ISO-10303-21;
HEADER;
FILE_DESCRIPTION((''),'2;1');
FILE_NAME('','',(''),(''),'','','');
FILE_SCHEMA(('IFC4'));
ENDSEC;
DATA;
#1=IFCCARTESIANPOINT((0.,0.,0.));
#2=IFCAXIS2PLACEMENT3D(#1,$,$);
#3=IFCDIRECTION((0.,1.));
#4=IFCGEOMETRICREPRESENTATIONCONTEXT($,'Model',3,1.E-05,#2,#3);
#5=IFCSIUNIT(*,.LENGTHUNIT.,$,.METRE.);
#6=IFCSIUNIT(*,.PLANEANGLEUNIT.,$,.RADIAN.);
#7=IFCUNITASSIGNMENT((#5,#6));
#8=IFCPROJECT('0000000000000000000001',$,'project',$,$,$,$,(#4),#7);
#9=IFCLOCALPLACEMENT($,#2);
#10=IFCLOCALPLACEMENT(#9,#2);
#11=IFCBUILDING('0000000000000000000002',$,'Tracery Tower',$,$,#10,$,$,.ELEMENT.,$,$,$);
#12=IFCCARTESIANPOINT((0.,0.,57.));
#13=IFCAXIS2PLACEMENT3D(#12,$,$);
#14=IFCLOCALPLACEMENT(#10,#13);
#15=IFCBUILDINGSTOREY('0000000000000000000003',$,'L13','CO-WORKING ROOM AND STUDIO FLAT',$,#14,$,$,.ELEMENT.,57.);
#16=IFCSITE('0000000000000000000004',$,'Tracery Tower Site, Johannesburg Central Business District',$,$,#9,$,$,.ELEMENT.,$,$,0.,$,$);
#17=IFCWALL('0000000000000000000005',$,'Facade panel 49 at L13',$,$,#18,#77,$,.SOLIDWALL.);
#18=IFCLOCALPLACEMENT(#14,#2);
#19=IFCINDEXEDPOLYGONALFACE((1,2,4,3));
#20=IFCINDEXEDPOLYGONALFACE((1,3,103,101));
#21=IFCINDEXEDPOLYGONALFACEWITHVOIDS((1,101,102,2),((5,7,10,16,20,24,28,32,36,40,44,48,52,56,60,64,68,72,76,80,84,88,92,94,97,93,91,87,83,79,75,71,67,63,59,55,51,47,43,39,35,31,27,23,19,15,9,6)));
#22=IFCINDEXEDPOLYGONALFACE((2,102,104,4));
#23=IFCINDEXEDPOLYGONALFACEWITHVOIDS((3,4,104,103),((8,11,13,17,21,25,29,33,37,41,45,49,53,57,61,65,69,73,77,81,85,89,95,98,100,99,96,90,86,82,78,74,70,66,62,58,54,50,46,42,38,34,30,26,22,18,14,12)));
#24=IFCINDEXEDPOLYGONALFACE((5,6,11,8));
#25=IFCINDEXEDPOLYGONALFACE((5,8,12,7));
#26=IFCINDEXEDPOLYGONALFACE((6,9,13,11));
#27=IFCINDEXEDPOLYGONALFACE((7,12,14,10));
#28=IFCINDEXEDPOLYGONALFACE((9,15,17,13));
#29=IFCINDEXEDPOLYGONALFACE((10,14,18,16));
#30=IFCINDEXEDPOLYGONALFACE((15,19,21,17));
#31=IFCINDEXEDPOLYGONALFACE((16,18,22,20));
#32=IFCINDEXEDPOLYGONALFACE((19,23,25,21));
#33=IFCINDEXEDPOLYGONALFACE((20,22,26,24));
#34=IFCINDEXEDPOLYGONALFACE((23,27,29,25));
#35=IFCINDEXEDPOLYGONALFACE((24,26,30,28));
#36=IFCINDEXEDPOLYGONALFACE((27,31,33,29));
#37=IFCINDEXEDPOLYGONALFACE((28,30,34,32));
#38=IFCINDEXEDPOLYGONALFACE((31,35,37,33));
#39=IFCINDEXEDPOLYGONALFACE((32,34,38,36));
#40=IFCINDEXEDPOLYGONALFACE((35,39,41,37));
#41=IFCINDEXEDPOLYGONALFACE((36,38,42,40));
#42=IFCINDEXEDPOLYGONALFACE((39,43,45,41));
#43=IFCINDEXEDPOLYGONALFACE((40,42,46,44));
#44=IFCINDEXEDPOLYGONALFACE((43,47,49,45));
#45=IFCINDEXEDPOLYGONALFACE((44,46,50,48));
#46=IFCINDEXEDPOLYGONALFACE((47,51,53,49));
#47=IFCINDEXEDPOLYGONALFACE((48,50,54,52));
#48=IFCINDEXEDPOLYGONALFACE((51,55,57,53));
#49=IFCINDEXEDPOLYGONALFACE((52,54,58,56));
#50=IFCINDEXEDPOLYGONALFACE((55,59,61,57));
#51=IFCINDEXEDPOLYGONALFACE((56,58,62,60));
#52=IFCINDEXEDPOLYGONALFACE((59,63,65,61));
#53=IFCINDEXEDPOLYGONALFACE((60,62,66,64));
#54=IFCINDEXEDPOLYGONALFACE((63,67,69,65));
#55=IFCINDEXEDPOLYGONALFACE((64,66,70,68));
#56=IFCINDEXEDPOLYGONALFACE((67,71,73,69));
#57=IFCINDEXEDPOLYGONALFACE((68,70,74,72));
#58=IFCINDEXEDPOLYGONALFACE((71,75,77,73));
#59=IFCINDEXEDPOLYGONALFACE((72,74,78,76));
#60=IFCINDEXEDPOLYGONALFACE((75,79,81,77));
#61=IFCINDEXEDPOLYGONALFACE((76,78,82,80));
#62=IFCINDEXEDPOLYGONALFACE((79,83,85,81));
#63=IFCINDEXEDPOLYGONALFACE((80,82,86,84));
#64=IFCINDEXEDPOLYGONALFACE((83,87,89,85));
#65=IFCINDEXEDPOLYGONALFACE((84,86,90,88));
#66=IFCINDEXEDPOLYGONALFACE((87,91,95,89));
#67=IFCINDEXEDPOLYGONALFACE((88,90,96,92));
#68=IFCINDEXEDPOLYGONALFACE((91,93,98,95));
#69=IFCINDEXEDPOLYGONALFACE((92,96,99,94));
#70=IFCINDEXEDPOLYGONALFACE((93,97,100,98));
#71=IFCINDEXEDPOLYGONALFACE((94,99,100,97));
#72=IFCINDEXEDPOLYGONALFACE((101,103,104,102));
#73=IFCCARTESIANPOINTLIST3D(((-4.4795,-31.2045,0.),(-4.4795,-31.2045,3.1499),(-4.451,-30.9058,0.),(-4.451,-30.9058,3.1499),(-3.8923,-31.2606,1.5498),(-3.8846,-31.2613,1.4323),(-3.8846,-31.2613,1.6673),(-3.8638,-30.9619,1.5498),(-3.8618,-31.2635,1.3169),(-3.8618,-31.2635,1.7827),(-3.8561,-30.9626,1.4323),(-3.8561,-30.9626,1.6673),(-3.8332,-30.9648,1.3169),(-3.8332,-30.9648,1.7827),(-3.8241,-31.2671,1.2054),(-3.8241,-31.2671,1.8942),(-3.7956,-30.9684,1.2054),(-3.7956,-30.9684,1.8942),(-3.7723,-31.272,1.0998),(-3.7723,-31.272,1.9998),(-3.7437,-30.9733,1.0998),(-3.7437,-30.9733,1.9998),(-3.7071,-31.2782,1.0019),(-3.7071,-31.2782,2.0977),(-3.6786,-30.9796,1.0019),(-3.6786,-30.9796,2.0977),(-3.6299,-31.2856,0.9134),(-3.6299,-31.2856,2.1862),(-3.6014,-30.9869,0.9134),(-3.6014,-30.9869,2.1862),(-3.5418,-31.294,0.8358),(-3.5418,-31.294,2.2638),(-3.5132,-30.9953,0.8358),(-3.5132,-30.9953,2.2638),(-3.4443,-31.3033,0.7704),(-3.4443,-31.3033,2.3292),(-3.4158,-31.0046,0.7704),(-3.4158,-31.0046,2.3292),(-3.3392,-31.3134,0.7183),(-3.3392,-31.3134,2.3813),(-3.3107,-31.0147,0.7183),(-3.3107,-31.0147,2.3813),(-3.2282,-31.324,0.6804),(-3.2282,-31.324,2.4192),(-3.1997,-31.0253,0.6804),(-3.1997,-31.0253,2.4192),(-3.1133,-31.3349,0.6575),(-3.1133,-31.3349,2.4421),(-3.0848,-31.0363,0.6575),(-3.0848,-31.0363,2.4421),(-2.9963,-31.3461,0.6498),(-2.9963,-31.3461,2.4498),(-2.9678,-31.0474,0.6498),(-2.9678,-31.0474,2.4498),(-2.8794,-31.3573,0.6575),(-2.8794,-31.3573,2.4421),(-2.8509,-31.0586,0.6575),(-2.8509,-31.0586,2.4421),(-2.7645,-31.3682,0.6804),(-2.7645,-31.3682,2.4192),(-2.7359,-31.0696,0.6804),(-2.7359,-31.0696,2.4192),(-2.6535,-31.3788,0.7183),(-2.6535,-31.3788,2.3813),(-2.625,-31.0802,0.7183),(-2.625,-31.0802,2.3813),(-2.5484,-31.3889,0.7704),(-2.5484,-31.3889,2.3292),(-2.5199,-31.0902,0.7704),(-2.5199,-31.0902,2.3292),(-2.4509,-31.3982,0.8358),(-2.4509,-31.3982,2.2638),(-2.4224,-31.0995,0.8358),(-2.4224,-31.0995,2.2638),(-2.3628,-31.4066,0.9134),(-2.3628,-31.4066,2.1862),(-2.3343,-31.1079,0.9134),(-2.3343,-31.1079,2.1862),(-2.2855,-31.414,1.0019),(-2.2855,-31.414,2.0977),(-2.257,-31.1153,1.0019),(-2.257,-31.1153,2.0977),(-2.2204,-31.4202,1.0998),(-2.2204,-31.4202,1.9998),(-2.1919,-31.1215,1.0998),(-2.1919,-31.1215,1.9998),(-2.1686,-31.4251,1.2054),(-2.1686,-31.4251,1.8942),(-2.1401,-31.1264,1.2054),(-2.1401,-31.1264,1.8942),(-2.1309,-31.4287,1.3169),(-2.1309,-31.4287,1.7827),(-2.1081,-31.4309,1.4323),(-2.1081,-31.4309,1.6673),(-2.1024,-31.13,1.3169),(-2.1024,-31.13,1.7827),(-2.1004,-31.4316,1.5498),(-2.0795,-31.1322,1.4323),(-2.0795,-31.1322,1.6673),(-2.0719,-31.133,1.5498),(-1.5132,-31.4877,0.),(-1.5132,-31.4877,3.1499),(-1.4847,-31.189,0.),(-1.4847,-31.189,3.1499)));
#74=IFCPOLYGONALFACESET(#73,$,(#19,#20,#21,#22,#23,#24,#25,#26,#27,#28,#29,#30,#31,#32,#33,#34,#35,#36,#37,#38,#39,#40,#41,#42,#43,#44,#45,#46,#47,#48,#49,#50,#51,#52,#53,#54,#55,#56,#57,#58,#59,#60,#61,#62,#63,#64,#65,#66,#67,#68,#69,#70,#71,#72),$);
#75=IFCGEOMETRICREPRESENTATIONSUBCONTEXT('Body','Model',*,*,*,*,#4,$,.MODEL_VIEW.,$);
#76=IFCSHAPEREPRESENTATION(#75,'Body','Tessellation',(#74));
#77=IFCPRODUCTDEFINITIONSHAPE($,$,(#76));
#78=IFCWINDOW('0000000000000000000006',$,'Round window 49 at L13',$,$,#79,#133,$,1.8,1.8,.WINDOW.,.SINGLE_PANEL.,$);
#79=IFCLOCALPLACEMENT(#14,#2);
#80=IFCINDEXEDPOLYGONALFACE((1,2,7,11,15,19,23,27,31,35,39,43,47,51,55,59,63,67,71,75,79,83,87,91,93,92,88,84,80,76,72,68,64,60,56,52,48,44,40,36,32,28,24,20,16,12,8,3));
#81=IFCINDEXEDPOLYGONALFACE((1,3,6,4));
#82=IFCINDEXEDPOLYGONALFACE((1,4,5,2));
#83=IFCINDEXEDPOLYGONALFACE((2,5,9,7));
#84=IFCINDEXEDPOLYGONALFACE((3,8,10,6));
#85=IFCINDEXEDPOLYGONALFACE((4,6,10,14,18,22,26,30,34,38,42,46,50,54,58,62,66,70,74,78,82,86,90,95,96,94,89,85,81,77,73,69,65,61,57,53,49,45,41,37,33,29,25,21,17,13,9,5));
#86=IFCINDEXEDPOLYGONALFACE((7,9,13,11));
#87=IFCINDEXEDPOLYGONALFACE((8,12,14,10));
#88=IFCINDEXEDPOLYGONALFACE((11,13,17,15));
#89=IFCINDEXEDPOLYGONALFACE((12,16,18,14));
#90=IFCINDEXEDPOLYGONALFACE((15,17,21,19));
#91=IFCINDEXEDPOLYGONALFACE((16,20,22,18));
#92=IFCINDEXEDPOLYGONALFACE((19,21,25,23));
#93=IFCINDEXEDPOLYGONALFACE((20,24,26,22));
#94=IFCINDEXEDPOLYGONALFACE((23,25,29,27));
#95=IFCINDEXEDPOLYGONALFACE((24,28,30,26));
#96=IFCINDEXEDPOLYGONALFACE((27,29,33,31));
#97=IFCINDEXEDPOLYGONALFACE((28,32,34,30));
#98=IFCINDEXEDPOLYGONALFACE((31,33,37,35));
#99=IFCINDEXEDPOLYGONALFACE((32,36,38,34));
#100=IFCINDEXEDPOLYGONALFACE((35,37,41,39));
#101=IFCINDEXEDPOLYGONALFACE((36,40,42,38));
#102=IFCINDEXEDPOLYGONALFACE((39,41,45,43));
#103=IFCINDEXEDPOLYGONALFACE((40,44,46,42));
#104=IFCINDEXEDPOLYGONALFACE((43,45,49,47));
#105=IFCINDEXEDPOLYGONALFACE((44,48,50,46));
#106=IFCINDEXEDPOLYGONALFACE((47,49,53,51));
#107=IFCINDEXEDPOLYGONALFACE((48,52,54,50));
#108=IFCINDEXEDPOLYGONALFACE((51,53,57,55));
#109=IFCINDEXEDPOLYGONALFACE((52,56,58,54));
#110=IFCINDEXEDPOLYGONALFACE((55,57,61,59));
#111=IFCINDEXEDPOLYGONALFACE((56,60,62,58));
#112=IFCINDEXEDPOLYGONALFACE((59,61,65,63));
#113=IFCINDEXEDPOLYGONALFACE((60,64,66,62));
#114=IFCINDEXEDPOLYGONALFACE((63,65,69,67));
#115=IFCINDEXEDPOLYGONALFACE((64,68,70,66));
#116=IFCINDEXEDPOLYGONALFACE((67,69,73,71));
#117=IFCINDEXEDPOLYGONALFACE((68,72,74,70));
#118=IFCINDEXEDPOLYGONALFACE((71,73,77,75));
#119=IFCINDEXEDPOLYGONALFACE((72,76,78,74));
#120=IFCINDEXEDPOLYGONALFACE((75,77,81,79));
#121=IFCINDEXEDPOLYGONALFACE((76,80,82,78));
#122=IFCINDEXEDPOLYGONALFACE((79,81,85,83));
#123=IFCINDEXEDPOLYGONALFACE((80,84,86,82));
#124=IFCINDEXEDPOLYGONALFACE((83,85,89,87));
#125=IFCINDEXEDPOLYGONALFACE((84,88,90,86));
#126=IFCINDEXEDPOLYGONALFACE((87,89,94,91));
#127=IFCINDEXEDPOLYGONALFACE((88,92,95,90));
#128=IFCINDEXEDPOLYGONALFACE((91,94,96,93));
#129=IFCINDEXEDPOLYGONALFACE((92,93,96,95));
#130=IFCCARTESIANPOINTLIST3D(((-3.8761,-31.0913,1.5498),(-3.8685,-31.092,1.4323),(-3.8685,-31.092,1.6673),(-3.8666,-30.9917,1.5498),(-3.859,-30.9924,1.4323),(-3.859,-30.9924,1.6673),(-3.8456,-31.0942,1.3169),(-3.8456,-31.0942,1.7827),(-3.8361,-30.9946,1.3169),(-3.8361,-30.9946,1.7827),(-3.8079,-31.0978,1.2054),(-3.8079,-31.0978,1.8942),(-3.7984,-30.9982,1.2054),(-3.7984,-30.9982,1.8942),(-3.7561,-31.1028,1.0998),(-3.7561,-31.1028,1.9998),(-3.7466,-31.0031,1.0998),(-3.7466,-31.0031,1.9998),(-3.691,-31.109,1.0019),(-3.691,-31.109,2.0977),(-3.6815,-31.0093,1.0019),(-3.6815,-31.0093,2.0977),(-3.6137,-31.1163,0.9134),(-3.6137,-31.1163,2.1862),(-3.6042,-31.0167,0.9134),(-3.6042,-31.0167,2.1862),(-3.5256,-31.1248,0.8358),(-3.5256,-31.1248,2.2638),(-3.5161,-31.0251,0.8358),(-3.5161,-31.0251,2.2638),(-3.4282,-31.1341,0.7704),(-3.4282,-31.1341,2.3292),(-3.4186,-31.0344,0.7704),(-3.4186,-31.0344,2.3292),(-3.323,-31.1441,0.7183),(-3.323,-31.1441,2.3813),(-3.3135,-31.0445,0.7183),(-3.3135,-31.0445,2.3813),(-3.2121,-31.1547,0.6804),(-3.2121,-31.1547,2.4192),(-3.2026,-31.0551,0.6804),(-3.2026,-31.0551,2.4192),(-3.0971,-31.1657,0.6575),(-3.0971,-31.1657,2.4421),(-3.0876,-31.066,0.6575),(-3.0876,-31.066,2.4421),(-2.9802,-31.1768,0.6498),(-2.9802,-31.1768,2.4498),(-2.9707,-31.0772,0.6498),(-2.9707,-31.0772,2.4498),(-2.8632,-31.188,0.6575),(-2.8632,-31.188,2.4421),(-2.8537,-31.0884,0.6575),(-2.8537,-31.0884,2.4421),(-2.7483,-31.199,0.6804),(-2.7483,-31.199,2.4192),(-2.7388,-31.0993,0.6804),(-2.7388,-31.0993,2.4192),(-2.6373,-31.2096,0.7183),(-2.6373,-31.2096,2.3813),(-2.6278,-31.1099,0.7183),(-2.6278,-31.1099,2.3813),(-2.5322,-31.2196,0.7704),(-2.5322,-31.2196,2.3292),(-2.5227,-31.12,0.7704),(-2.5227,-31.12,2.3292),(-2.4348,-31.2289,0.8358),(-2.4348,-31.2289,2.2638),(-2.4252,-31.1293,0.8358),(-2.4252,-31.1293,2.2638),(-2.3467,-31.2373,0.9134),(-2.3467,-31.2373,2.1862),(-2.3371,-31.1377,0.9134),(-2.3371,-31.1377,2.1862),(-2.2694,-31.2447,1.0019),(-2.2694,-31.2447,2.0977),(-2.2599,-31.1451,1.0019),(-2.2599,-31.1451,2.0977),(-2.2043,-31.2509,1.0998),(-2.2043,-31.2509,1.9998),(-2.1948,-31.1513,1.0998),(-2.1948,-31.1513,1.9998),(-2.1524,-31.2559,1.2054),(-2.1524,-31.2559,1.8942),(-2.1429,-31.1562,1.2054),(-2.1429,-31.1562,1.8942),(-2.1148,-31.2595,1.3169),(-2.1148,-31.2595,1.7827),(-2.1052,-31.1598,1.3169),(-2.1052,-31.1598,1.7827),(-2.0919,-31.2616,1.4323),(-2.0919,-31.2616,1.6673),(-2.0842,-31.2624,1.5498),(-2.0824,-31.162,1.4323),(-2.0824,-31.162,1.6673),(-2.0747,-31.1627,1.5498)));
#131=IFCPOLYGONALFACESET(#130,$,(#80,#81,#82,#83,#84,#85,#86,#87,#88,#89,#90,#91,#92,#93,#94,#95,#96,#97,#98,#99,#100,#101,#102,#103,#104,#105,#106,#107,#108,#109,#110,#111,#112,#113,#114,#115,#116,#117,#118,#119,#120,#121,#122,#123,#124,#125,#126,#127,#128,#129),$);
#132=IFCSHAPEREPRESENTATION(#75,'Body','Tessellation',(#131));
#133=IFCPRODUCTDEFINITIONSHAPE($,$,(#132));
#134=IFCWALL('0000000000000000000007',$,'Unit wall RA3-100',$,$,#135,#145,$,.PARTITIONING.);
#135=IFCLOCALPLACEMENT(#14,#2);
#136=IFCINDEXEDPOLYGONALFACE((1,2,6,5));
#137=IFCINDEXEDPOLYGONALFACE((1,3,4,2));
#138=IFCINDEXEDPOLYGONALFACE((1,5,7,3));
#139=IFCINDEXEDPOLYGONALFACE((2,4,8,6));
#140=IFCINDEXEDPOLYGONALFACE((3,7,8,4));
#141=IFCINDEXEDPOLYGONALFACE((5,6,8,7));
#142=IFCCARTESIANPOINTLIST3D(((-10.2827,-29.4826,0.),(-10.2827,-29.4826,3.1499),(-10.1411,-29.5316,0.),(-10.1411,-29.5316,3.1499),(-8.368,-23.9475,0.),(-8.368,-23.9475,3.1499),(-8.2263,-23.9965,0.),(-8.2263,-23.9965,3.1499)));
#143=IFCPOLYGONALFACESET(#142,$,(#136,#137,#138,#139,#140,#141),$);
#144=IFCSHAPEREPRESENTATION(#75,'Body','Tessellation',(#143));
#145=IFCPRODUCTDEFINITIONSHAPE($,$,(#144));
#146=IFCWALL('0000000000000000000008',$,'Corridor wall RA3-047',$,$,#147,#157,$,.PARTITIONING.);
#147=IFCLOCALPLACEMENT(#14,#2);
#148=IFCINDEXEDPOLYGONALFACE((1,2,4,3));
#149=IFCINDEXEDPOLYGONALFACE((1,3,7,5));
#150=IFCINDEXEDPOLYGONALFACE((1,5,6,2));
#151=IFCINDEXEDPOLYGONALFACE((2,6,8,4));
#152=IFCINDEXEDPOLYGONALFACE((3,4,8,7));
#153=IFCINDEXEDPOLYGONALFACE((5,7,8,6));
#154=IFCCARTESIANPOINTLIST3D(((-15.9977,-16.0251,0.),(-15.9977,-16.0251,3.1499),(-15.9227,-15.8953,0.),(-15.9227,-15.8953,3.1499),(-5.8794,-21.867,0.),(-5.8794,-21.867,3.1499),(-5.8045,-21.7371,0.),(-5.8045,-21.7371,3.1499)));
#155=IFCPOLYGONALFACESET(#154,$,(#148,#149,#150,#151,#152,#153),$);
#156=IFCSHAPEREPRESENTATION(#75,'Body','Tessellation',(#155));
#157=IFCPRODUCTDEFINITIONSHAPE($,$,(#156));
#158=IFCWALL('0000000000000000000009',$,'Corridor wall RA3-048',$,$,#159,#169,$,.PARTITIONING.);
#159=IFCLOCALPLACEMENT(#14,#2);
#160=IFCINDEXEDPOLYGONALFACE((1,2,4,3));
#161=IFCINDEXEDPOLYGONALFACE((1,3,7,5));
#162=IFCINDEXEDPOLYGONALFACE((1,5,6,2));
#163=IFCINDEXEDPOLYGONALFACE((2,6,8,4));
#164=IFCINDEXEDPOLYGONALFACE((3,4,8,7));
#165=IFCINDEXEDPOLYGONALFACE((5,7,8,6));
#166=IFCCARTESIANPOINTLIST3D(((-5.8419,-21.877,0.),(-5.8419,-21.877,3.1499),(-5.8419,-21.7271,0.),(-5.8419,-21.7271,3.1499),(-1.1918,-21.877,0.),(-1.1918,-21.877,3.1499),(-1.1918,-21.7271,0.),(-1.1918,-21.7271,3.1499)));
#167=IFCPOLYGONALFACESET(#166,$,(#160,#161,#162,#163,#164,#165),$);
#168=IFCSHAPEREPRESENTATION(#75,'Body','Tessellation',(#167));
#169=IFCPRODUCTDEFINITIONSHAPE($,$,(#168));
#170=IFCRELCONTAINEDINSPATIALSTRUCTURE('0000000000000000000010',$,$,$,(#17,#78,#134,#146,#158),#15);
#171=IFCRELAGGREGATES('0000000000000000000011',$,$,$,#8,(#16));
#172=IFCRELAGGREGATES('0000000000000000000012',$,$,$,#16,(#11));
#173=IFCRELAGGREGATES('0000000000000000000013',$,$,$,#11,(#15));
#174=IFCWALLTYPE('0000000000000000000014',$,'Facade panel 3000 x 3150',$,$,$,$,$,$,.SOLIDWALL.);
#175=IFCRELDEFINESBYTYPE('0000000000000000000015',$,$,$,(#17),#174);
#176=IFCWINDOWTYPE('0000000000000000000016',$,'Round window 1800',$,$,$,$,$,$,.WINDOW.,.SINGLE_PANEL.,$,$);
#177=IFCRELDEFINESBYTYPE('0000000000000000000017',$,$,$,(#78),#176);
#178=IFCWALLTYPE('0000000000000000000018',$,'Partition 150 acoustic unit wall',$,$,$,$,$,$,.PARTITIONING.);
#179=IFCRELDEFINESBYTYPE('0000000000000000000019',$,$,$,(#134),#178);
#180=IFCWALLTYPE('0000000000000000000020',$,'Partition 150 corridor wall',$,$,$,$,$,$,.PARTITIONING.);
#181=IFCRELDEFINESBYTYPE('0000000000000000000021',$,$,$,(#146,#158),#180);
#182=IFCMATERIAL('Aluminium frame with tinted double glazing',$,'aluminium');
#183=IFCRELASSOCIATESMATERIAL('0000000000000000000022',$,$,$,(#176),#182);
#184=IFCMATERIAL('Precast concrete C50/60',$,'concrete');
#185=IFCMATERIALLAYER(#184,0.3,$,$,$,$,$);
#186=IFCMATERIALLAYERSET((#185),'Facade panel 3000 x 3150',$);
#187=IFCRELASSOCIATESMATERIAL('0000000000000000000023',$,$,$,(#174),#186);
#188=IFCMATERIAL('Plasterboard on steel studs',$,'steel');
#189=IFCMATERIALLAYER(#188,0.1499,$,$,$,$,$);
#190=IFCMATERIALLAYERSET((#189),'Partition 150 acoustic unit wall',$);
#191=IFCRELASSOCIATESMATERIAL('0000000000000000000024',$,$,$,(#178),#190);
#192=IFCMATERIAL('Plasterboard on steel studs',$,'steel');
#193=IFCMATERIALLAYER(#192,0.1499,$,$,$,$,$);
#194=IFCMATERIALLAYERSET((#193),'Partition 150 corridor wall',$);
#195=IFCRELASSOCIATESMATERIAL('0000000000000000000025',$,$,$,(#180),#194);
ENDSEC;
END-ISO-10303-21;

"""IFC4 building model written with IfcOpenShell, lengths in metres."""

from ifc_helpers import new_model, si_unit, direction, frame, frame_2d, origin, origin_2d, place, context, subcontext, project, spatial, rectangle, circle, extrude, material, layer, layer_set, type_object, element, fill, save


model = new_model("IFC4")

# Units and contexts
model_context = context("Model", 3, precision=1e-05, world=origin(), true_north=direction((0.0, 1.0)))
body_context = subcontext(model_context, "Body", "Model", "MODEL_VIEW")
ifc_project = project(units=[si_unit("LENGTHUNIT", "METRE"), si_unit("PLANEANGLEUNIT", "RADIAN")], contexts=[model_context])

# Site, building, storey
site_placement = place(None, origin())
site = spatial("IfcSite", under=ifc_project, at=site_placement, Name="Tracery Tower Site, Johannesburg Central Business District", CompositionType="ELEMENT", RefElevation=0.0)
building_placement = place(site_placement, origin())
building = spatial("IfcBuilding", under=site, at=building_placement, Name="Tracery Tower", CompositionType="ELEMENT")
storey_placement = place(building_placement, frame((0.0, 0.0, 57.0)))
storey = spatial("IfcBuildingStorey", under=building, at=storey_placement, Name="L13", Description="CO-WORKING ROOM AND STUDIO FLAT", CompositionType="ELEMENT", Elevation=57.0)

# Wall, opening, window
ifc_material_1 = material(Name="Aluminium frame with tinted double glazing", Category="aluminium")
window_type = type_object("IfcWindowType", Name="Round window 1800", PartitioningType="SINGLE_PANEL", PredefinedType="WINDOW", material=ifc_material_1)
ifc_material_2 = material(Name="Precast concrete C50/60", Category="concrete")
ifc_layer_1 = layer(ifc_material_2, 0.3)
ifc_layer_set_1 = layer_set([ifc_layer_1], Name="Facade panel 3000 x 3150")
wall_type_1 = type_object("IfcWallType", Name="Facade panel 3000 x 3150", PredefinedType="SOLIDWALL", material=ifc_layer_set_1)
wall_1_placement = place(storey_placement, frame((-4.4651, -31.0552, 0.0), z_axis=(0.0, 0.0, 1.0), x_axis=(0.995473, -0.095041, 0.0)))
wall_1 = element("IfcWall", 1, at=wall_1_placement, inside=storey, type_object=wall_type_1, Name="Facade panel 49 at L13", PredefinedType="SOLIDWALL", context=body_context, shape_type="SweptSolid", body=[
    extrude(rectangle(XDim=2.9797, YDim=0.3, at=frame_2d((1.4897, 0.0))), origin(), (0.0, 0.0, 1.0), 3.1499),
])
opening_1_placement = place(wall_1_placement, frame((1.4897, 0.0, 1.5498)))
opening_1 = element("IfcOpeningElement", 2, at=opening_1_placement, cuts=wall_1, PredefinedType="OPENING", context=body_context, shape_type="SweptSolid", body=[
    extrude(circle(Radius=0.9, at=origin_2d()), frame((0.0, 0.1599, 0.0), z_axis=(0.0, -1.0, 0.0), x_axis=(1.0, 0.0, 0.0)), (0.0, 0.0, 1.0), 0.3201),
])
window_1_placement = place(opening_1_placement, origin())
window_1 = element("IfcWindow", 3, at=window_1_placement, inside=storey, type_object=window_type, Name="Round window 49 at L13", OverallHeight=1.8, OverallWidth=1.8, PartitioningType="SINGLE_PANEL", PredefinedType="WINDOW", context=body_context, shape_type="SweptSolid", body=[
    extrude(circle(Radius=0.9, at=origin_2d()), frame((0.0, 0.1201, 0.0), z_axis=(0.0, -1.0, 0.0), x_axis=(1.0, 0.0, 0.0)), (0.0, 0.0, 1.0), 0.1001),
])
fill(opening_1, window_1)

# Walls
ifc_material_3 = material(Name="Plasterboard on steel studs", Category="steel")
ifc_layer_2 = layer(ifc_material_3, 0.1499)
ifc_layer_set_2 = layer_set([ifc_layer_2], Name="Partition 150 acoustic unit wall")
wall_type_2 = type_object("IfcWallType", Name="Partition 150 acoustic unit wall", PredefinedType="PARTITIONING", material=ifc_layer_set_2)
wall_2_placement = place(storey_placement, frame((-10.2119, -29.5071, 0.0), z_axis=(0.0, 0.0, 1.0), x_axis=(0.326924, 0.94505, 0.0)))
element("IfcWall", 4, at=wall_2_placement, inside=storey, type_object=wall_type_2, Name="Unit wall RA3-100", PredefinedType="PARTITIONING", context=body_context, shape_type="SweptSolid", body=[
    extrude(rectangle(XDim=5.8569, YDim=0.1499, at=frame_2d((2.9285, 0.0))), origin(), (0.0, 0.0, 1.0), 3.1499),
])
ifc_material_4 = material(Name="Plasterboard on steel studs", Category="steel")
ifc_layer_3 = layer(ifc_material_4, 0.1499)
ifc_layer_set_3 = layer_set([ifc_layer_3], Name="Partition 150 corridor wall")
wall_type_3 = type_object("IfcWallType", Name="Partition 150 corridor wall", PredefinedType="PARTITIONING", material=ifc_layer_set_3)
wall_3_placement = place(storey_placement, frame((-15.9602, -15.9602, 0.0), z_axis=(0.0, 0.0, 1.0), x_axis=(0.866023, -0.500005, 0.0)))
element("IfcWall", 5, at=wall_3_placement, inside=storey, type_object=wall_type_3, Name="Corridor wall RA3-047", PredefinedType="PARTITIONING", context=body_context, shape_type="SweptSolid", body=[
    extrude(rectangle(XDim=11.6836, YDim=0.1499, at=frame_2d((5.8418, 0.0))), origin(), (0.0, 0.0, 1.0), 3.1499),
])
wall_4_placement = place(storey_placement, frame((-5.842, -21.802, 0.0), z_axis=(0.0, 0.0, 1.0), x_axis=(1.0, 0.0, 0.0)))
element("IfcWall", 6, at=wall_4_placement, inside=storey, type_object=wall_type_3, Name="Corridor wall RA3-048", PredefinedType="PARTITIONING", context=body_context, shape_type="SweptSolid", body=[
    extrude(rectangle(XDim=4.6501, YDim=0.1499, at=frame_2d((2.3252, 0.0))), origin(), (0.0, 0.0, 1.0), 3.1499),
])

save(model, "model.ifc")
